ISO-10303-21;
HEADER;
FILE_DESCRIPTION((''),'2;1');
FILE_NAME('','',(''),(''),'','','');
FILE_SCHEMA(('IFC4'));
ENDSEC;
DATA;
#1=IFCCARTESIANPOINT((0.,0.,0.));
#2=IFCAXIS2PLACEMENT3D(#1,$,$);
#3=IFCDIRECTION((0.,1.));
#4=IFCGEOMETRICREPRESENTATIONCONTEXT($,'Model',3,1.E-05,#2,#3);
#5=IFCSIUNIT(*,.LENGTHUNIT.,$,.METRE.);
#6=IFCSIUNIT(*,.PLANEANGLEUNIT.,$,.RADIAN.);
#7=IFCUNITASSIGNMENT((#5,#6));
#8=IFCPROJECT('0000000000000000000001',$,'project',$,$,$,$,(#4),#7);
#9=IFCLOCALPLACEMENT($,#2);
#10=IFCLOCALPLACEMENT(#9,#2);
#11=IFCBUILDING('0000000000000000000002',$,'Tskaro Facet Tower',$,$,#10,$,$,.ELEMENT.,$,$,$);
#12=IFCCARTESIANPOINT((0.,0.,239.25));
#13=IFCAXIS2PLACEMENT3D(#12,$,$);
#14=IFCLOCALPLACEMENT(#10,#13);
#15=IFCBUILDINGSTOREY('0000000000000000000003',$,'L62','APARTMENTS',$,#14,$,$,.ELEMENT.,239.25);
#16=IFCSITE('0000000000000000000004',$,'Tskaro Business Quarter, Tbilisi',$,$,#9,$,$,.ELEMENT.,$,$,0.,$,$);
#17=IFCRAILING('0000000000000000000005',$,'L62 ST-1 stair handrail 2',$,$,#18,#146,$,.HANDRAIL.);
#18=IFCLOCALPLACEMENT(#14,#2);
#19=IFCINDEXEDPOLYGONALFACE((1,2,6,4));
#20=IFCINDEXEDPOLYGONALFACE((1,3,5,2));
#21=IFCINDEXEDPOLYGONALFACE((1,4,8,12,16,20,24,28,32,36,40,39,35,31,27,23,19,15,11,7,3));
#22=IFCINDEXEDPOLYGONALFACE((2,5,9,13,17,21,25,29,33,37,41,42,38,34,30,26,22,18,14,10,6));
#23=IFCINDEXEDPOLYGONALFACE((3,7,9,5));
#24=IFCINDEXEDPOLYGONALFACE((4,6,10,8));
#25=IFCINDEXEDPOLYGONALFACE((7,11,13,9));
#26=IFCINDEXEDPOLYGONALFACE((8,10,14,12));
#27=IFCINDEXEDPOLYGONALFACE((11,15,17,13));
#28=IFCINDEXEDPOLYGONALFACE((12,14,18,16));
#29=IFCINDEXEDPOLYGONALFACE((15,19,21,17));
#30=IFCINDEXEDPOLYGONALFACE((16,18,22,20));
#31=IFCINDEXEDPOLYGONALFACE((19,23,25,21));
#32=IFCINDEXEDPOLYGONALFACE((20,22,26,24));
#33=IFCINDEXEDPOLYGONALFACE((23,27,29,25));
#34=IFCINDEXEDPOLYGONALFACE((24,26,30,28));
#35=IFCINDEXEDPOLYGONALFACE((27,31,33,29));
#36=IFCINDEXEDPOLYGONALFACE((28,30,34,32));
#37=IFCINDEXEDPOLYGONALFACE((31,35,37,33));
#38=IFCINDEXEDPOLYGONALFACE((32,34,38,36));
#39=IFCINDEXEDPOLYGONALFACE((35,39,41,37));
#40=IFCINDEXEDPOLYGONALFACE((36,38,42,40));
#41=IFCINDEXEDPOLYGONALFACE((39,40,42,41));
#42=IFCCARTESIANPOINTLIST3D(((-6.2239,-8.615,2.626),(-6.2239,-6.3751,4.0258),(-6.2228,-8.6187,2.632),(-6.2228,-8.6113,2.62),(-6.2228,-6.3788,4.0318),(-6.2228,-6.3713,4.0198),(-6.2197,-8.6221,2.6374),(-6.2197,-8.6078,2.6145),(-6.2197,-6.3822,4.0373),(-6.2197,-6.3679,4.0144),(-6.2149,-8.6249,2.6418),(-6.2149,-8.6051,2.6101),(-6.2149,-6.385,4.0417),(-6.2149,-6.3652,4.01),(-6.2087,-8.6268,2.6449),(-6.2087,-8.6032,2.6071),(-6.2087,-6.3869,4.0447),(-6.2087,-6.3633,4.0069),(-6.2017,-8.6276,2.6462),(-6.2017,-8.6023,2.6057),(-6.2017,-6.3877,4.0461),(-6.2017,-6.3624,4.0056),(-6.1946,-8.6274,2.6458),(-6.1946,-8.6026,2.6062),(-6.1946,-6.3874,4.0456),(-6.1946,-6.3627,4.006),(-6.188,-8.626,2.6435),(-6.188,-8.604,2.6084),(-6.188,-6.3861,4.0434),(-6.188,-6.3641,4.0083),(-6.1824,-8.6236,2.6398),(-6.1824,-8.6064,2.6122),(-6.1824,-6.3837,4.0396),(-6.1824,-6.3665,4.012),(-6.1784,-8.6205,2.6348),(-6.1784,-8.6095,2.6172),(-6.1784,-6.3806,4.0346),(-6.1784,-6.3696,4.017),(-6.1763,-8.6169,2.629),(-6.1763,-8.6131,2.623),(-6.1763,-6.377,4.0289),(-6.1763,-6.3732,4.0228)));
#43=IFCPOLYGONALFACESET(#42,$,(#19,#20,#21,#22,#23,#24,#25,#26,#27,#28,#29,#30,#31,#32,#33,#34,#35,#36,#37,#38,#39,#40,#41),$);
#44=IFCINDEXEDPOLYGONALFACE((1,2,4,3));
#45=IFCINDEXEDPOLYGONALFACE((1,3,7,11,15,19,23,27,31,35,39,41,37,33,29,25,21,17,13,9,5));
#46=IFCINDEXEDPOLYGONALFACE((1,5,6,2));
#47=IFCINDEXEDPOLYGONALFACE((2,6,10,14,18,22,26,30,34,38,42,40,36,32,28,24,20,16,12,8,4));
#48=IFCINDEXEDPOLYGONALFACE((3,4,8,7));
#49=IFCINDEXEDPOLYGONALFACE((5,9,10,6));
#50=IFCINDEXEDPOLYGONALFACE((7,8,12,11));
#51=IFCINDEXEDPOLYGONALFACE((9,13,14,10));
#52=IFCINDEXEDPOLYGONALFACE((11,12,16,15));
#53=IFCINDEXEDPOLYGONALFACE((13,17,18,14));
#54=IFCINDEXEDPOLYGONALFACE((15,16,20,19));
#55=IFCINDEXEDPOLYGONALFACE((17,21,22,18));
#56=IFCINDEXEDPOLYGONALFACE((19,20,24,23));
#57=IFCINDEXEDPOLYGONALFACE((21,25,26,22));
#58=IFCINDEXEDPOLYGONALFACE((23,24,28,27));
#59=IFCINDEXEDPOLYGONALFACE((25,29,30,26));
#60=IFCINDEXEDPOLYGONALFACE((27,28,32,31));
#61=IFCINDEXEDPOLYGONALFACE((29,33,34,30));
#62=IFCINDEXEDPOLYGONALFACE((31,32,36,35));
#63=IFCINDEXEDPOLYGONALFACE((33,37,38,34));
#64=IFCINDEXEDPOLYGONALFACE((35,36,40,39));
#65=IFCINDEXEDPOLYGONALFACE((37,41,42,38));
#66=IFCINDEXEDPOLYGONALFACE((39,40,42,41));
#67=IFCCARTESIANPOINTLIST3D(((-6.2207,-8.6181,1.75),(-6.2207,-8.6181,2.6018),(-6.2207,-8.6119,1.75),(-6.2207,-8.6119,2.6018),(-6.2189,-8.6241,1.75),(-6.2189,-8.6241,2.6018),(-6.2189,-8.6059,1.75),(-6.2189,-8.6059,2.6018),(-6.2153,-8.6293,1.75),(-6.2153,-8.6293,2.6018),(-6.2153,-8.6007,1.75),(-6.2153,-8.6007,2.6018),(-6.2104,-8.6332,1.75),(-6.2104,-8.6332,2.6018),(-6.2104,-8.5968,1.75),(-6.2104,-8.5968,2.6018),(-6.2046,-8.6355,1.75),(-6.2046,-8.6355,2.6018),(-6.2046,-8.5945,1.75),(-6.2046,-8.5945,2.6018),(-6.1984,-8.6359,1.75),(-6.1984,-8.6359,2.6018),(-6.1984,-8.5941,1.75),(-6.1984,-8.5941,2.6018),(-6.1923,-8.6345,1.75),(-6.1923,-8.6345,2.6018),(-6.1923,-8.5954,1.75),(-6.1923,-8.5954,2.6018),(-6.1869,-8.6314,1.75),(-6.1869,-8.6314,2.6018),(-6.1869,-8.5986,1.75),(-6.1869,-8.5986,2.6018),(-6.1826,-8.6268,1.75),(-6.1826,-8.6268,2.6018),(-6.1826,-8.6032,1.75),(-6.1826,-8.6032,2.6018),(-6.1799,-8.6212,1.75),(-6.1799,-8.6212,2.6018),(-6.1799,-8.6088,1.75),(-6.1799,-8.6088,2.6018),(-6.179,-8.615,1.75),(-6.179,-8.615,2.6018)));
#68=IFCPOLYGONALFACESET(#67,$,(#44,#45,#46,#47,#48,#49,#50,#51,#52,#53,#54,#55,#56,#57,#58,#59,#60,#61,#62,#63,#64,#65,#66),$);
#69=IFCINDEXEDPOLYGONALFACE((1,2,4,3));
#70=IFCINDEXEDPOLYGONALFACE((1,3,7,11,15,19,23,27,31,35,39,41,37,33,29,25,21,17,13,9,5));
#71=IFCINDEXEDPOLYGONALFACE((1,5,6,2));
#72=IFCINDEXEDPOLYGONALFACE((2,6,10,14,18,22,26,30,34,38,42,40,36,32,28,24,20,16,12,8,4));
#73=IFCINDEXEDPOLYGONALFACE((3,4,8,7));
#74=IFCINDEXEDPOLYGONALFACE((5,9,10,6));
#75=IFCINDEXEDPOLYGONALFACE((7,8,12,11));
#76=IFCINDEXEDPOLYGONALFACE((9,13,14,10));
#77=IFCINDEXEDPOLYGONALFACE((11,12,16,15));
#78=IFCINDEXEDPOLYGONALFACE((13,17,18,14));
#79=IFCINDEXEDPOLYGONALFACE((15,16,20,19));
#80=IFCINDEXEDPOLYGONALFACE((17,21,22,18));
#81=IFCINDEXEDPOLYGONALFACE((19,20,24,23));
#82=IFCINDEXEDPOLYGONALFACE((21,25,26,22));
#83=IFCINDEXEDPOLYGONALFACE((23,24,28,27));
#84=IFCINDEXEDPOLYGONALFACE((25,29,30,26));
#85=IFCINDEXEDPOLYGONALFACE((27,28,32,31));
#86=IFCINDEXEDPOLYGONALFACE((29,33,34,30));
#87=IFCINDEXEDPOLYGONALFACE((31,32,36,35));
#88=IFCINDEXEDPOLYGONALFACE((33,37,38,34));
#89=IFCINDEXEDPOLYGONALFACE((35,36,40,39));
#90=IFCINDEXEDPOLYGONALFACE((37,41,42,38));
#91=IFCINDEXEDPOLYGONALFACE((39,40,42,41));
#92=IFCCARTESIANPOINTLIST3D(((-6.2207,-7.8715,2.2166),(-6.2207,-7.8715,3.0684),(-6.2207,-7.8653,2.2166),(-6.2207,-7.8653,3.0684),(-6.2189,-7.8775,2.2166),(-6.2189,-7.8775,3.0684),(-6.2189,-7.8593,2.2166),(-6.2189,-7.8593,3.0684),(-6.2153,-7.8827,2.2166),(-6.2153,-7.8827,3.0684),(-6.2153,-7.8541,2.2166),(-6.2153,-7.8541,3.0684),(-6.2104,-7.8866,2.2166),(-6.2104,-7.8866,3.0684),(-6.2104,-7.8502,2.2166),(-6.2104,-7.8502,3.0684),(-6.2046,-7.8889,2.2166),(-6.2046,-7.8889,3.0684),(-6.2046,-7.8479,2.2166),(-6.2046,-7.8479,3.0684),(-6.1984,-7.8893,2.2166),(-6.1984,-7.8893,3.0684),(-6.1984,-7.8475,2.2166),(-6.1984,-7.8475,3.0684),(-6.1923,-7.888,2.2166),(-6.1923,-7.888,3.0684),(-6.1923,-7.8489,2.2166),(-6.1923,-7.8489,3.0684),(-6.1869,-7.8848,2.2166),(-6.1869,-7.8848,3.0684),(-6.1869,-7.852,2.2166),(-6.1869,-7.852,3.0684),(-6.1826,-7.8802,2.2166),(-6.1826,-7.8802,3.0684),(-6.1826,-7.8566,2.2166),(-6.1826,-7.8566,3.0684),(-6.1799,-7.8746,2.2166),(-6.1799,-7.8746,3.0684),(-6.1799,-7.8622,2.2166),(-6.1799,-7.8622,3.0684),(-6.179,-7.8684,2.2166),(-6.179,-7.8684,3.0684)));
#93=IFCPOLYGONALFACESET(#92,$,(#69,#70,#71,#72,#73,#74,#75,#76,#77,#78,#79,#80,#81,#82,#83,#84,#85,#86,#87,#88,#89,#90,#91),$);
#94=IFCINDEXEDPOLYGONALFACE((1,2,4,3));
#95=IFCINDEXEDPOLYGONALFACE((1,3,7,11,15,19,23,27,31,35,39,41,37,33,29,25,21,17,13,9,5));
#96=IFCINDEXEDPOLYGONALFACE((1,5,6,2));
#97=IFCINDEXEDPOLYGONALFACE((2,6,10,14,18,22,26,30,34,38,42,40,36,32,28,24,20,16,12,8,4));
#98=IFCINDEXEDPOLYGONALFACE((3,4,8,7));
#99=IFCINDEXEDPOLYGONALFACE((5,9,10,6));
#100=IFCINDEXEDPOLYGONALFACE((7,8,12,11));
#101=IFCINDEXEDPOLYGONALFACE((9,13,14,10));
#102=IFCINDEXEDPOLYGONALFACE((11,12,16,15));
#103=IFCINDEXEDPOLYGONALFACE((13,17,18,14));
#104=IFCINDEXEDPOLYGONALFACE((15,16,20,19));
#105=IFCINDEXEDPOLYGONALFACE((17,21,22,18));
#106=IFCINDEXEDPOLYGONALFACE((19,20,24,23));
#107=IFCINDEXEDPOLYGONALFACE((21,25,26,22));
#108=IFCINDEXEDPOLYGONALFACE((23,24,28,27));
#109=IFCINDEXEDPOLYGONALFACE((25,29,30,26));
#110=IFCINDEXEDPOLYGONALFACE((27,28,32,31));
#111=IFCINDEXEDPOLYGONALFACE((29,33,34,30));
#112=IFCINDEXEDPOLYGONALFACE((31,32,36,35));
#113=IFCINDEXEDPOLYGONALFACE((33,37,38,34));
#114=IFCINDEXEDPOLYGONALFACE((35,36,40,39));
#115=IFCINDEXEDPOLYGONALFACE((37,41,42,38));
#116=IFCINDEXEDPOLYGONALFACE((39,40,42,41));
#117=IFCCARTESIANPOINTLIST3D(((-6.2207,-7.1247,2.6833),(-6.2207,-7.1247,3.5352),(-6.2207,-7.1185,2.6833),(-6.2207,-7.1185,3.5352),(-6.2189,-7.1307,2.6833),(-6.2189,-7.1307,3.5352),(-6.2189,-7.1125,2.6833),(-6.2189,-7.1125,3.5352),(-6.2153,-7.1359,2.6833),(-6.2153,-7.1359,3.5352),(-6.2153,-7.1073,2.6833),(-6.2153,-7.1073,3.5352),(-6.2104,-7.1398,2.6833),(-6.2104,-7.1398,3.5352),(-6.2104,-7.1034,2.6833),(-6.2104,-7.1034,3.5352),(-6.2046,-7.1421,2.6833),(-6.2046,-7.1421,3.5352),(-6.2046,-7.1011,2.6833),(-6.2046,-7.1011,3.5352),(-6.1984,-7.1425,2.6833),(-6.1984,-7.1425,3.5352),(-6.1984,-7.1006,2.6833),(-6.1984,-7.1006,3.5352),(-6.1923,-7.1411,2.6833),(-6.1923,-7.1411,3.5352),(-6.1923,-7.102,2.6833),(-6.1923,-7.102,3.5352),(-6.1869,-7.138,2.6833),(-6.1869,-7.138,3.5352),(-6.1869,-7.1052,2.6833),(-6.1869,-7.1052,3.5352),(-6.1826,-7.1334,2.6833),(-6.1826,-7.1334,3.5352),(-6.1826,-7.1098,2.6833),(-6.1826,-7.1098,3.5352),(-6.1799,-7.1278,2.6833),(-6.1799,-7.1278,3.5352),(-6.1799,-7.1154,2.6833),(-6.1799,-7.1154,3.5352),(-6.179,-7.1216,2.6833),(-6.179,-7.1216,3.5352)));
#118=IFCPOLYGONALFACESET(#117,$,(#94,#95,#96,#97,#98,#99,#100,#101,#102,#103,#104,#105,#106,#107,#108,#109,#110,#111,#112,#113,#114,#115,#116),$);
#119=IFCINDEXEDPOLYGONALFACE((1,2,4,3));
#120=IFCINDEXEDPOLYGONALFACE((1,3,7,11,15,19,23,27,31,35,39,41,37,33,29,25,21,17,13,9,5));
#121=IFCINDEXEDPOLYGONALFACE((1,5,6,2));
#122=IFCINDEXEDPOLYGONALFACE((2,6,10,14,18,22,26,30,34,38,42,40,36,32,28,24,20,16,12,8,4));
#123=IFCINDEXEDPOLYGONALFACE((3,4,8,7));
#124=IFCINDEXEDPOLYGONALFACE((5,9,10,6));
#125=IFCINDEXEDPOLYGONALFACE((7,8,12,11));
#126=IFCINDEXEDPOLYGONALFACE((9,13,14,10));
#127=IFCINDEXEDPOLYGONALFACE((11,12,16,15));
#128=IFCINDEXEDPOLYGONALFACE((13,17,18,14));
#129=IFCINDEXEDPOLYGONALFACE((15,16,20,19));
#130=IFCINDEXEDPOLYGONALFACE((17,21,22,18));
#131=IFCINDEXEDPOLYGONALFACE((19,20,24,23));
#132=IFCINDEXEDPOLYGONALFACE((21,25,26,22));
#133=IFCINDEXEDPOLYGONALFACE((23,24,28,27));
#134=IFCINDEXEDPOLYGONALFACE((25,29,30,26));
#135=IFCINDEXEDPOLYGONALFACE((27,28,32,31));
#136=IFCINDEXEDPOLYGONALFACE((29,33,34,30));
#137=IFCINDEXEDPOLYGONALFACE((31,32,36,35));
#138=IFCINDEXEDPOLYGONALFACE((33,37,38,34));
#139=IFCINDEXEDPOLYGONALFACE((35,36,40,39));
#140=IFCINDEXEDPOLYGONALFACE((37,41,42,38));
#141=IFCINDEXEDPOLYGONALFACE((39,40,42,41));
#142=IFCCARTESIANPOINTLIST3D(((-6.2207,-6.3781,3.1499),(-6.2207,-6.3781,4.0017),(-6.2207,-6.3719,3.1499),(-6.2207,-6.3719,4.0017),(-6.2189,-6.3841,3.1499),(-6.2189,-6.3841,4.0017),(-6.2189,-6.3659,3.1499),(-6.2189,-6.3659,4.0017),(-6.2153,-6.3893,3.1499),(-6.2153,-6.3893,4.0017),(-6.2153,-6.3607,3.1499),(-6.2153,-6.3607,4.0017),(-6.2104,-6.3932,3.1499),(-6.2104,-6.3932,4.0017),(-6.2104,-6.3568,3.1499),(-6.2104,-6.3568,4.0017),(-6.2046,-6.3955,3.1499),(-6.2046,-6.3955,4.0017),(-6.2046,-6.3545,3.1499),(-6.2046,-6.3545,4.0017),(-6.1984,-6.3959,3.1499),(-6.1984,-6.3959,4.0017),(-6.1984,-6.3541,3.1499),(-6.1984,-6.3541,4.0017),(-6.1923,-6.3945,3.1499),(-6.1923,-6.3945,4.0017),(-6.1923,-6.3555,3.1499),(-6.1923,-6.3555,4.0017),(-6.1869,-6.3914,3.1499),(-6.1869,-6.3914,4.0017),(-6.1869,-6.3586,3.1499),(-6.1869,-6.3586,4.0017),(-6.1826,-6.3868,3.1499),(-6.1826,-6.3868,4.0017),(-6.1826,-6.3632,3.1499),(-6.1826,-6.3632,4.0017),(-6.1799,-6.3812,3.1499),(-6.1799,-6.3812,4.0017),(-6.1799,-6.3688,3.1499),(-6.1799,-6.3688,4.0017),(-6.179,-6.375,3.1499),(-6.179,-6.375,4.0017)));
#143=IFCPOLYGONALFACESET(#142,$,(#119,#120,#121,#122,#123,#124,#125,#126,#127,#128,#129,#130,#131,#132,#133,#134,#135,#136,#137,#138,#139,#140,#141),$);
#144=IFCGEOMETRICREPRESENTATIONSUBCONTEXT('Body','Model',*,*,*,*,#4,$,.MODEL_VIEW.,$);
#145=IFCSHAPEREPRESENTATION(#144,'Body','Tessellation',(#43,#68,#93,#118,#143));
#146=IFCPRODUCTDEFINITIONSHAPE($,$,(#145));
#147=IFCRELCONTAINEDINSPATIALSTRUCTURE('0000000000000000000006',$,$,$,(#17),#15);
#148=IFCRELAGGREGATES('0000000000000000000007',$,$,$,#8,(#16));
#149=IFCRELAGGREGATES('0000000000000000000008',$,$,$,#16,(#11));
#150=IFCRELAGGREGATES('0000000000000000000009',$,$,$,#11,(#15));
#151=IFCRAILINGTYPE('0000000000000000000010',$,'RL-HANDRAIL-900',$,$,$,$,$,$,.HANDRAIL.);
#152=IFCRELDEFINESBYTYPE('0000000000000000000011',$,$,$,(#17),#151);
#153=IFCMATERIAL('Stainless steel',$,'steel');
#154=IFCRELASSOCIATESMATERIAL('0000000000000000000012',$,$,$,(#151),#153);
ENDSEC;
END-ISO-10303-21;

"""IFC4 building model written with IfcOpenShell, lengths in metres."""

from ifc_helpers import new_model, si_unit, direction, frame, origin, origin_2d, place, context, subcontext, project, spatial, circle, extrude, material, type_object, element, save


model = new_model("IFC4")

# Units and contexts
model_context = context("Model", 3, precision=1e-05, world=origin(), true_north=direction((0.0, 1.0)))
body_context = subcontext(model_context, "Body", "Model", "MODEL_VIEW")
ifc_project = project(units=[si_unit("LENGTHUNIT", "METRE"), si_unit("PLANEANGLEUNIT", "RADIAN")], contexts=[model_context])

# Site, building, storey
site_placement = place(None, origin())
site = spatial("IfcSite", under=ifc_project, at=site_placement, Name="Tskaro Business Quarter, Tbilisi", CompositionType="ELEMENT", RefElevation=0.0)
building_placement = place(site_placement, origin())
building = spatial("IfcBuilding", under=site, at=building_placement, Name="Tskaro Facet Tower", CompositionType="ELEMENT")
storey_placement = place(building_placement, frame((0.0, 0.0, 239.25)))
storey = spatial("IfcBuildingStorey", under=building, at=storey_placement, Name="L62", Description="APARTMENTS", CompositionType="ELEMENT", Elevation=239.25)

# Shared definitions
ifc_material_1 = material(Name="Stainless steel", Category="steel")

# Railing
railing_type_1 = type_object("IfcRailingType", Name="RL-HANDRAIL-900", PredefinedType="HANDRAIL", material=ifc_material_1)
railing_1_placement = place(storey_placement, frame((-6.2, -8.615, 1.75)))
element("IfcRailing", 1, at=railing_1_placement, inside=storey, type_object=railing_type_1, Name="L62 ST-1 stair handrail 2", PredefinedType="HANDRAIL", context=body_context, shape_type="SweptSolid", body=[
    extrude(circle(Radius=0.0239, at=origin_2d()), frame((0.0, 0.0, 0.876), z_axis=(0.0, 0.848014, 0.529974), x_axis=(-1.0, 0.0, 0.0)), (0.0, 0.0, 1.0), 2.6414),
    extrude(circle(Radius=0.021, at=origin_2d()), origin(), (0.0, 0.0, 1.0), 0.8518),
    extrude(circle(Radius=0.021, at=origin_2d()), frame((0.0, 0.7466, 0.4666)), (0.0, 0.0, 1.0), 0.8518),
    extrude(circle(Radius=0.021, at=origin_2d()), frame((0.0, 1.4934, 0.9333)), (0.0, 0.0, 1.0), 0.8518),
    extrude(circle(Radius=0.021, at=origin_2d()), frame((0.0, 2.24, 1.3999)), (0.0, 0.0, 1.0), 0.8518),
])

save(model, "model.ifc")
